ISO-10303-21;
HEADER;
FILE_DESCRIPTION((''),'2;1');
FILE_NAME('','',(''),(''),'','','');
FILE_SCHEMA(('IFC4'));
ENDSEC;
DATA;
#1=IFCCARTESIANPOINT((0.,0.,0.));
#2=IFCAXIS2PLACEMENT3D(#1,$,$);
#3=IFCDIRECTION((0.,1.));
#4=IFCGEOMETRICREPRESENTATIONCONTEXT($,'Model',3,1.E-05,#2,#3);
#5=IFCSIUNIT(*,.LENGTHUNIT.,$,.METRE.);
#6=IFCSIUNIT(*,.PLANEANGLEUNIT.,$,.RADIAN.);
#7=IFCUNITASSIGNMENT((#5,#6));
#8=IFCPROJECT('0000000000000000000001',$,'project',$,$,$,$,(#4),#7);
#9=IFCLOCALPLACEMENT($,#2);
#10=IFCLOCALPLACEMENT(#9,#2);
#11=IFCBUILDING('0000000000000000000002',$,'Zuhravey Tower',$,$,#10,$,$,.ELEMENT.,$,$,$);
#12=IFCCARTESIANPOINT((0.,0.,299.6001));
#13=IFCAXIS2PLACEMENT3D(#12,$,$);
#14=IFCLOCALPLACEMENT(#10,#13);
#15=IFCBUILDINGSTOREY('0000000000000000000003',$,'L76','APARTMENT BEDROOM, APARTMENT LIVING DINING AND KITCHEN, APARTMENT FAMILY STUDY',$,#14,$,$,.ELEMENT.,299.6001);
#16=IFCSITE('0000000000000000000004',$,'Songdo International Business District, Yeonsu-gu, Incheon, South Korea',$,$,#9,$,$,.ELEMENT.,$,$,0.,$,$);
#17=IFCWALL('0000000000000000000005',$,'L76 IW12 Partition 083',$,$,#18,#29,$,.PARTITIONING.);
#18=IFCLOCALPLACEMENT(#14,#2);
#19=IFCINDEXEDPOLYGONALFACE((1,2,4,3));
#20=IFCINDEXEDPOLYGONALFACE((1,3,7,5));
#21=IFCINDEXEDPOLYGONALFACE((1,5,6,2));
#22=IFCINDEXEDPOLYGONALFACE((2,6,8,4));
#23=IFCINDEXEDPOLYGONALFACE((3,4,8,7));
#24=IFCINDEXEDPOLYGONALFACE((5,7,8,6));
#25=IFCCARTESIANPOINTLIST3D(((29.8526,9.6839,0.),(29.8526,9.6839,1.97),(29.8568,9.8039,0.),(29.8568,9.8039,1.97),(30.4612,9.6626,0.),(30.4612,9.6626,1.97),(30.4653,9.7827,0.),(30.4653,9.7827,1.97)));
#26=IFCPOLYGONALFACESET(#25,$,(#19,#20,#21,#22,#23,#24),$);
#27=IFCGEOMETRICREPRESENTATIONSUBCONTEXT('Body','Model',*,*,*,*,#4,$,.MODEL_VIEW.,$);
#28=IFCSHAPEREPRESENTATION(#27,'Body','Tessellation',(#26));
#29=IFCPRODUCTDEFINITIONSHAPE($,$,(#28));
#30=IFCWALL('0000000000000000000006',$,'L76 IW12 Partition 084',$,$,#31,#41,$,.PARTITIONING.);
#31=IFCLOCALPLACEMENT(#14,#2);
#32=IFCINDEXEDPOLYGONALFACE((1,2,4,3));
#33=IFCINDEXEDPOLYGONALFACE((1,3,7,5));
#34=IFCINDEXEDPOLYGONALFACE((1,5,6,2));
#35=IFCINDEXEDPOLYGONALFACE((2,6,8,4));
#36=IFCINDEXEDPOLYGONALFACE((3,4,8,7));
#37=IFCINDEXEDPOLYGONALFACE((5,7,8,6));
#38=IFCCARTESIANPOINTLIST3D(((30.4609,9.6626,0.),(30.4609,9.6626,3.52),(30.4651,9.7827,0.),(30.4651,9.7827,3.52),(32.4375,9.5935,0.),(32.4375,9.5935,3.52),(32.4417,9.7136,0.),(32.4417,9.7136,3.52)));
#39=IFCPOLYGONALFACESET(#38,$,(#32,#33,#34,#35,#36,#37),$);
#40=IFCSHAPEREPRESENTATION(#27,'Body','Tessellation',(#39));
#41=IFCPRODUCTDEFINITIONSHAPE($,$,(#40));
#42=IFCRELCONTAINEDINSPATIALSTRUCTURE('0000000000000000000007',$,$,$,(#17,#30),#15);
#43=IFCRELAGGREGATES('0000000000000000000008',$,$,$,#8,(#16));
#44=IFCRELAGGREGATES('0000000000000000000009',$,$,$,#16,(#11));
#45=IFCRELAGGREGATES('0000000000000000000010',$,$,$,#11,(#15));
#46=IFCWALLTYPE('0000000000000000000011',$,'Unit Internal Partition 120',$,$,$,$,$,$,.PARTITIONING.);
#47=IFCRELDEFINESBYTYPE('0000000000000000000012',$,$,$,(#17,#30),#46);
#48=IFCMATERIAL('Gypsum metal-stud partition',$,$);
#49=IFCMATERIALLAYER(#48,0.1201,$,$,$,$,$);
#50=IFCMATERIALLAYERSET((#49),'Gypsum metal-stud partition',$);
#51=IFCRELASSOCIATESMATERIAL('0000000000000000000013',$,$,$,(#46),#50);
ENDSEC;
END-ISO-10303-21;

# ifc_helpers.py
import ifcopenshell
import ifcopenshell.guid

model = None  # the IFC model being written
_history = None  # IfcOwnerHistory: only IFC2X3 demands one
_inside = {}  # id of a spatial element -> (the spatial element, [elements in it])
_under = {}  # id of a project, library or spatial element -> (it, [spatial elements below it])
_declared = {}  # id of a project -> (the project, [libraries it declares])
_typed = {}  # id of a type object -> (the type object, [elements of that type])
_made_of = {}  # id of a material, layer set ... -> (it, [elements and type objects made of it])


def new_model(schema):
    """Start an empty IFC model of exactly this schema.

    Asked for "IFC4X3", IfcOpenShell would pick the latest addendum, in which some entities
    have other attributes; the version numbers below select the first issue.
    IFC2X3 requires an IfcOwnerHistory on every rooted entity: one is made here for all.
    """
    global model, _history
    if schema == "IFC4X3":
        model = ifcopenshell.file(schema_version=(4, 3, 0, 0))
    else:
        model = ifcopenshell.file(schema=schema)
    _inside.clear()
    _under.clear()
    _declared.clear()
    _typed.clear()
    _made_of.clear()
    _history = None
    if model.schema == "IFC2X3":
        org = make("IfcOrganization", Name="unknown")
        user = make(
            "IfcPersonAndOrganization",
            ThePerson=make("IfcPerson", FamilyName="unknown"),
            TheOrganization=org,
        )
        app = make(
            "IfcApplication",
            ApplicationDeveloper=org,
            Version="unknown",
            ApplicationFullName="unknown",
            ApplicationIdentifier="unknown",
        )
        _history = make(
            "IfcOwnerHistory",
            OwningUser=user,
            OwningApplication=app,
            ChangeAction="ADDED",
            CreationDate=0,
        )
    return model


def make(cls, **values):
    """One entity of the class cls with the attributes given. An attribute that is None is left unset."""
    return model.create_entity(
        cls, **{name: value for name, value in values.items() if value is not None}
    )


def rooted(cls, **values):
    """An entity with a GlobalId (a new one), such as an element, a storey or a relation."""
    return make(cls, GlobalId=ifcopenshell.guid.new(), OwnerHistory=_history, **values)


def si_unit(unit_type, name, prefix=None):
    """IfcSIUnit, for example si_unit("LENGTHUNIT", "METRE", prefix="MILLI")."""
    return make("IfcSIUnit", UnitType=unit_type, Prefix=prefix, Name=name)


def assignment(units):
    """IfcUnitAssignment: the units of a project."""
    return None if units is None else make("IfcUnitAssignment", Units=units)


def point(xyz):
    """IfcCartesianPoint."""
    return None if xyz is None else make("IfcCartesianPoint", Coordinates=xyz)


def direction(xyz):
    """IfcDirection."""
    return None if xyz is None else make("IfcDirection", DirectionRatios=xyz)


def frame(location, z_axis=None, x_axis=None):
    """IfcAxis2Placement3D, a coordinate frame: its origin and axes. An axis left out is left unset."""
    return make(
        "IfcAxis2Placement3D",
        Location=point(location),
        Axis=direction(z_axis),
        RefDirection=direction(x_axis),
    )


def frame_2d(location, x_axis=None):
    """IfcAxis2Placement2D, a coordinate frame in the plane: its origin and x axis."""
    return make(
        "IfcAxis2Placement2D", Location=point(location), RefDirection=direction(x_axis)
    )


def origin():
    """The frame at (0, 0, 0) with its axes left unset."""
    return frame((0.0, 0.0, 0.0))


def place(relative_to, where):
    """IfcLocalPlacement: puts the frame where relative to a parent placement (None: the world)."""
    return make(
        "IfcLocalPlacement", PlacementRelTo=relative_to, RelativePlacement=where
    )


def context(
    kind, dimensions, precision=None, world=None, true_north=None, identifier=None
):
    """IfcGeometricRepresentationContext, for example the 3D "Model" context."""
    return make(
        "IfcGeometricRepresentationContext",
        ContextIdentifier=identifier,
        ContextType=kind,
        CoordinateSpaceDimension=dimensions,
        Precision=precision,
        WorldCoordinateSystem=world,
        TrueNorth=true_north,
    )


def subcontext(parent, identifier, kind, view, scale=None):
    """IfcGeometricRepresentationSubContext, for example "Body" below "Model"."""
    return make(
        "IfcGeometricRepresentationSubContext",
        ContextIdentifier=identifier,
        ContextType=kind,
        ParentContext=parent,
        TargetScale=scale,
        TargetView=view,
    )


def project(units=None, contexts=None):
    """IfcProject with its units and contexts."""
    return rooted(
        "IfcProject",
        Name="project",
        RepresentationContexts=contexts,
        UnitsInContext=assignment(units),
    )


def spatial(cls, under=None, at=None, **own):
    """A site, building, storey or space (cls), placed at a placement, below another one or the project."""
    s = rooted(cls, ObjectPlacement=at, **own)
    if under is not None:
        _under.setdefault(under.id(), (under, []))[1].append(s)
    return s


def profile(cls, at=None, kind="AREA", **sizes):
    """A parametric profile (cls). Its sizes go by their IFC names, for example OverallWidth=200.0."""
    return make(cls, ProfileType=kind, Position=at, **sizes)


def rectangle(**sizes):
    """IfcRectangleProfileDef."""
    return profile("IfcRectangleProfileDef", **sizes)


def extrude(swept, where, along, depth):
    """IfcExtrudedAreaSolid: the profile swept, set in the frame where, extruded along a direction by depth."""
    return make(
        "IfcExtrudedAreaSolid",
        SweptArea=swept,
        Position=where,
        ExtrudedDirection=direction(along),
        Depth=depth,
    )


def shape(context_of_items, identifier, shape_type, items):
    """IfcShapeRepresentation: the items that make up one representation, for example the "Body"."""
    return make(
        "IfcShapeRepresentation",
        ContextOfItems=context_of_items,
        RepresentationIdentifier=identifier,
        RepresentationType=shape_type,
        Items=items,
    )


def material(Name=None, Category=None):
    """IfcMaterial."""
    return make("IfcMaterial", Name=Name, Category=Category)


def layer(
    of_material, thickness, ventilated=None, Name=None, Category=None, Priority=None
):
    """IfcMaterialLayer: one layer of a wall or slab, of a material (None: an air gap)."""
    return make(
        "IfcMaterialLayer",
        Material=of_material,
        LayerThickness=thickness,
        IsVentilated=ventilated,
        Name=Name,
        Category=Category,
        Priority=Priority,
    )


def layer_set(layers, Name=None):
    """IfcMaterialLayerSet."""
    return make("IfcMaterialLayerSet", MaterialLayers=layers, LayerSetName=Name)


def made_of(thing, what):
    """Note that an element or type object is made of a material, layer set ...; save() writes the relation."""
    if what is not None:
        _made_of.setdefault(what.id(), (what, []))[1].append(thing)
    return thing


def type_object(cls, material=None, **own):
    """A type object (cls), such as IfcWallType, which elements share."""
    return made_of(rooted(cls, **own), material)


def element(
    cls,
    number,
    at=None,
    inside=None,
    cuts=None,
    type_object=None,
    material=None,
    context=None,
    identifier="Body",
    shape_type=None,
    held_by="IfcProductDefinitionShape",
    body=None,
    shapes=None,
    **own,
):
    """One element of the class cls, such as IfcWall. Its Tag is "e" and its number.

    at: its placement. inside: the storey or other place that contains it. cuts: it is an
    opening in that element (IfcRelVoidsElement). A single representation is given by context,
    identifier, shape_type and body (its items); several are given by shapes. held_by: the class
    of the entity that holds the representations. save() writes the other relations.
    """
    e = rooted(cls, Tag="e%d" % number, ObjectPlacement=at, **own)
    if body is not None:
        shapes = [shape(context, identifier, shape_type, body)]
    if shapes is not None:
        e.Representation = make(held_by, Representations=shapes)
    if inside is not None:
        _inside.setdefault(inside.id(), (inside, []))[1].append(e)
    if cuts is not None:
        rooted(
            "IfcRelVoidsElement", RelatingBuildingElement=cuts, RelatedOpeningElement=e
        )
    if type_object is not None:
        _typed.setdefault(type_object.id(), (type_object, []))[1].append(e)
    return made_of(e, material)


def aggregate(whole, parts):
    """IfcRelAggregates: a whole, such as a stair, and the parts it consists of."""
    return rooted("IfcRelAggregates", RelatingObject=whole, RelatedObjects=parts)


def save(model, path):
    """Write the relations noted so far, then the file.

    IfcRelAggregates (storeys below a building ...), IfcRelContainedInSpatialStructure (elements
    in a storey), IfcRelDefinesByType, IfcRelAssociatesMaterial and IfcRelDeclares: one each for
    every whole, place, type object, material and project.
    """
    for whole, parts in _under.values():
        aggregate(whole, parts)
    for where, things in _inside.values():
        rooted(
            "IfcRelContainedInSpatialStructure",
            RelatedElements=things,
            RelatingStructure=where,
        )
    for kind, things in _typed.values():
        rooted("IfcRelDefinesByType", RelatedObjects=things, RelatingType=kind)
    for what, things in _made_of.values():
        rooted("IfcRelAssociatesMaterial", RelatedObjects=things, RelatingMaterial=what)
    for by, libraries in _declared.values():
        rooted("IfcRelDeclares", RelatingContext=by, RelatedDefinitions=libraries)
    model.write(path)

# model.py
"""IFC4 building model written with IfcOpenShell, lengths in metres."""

from ifc_helpers import new_model, si_unit, direction, frame, frame_2d, origin, place, context, subcontext, project, spatial, rectangle, extrude, material, layer, layer_set, type_object, element, save


model = new_model("IFC4")

# Units and contexts
model_context = context("Model", 3, precision=1e-05, world=origin(), true_north=direction((0.0, 1.0)))
body_context = subcontext(model_context, "Body", "Model", "MODEL_VIEW")
ifc_project = project(units=[si_unit("LENGTHUNIT", "METRE"), si_unit("PLANEANGLEUNIT", "RADIAN")], contexts=[model_context])

# Site, building, storey
site_placement = place(None, origin())
site = spatial("IfcSite", under=ifc_project, at=site_placement, Name="Songdo International Business District, Yeonsu-gu, Incheon, South Korea", CompositionType="ELEMENT", RefElevation=0.0)
building_placement = place(site_placement, origin())
building = spatial("IfcBuilding", under=site, at=building_placement, Name="Zuhravey Tower", CompositionType="ELEMENT")
storey_placement = place(building_placement, frame((0.0, 0.0, 299.6001)))
storey = spatial("IfcBuildingStorey", under=building, at=storey_placement, Name="L76", Description="APARTMENT BEDROOM, APARTMENT LIVING DINING AND KITCHEN, APARTMENT FAMILY STUDY", CompositionType="ELEMENT", Elevation=299.6001)

# Shared definitions
ifc_material_1 = material(Name="Gypsum metal-stud partition")
ifc_layer_1 = layer(ifc_material_1, 0.1201)
ifc_layer_set_1 = layer_set([ifc_layer_1], Name="Gypsum metal-stud partition")
wall_type_1 = type_object("IfcWallType", Name="Unit Internal Partition 120", PredefinedType="PARTITIONING", material=ifc_layer_set_1)

# Walls
wall_1_placement = place(storey_placement, frame((29.8547, 9.7439, 0.0), z_axis=(0.0, 0.0, 1.0), x_axis=(0.999391, -0.03489, 0.0)))
element("IfcWall", 1, at=wall_1_placement, inside=storey, type_object=wall_type_1, Name="L76 IW12 Partition 083", PredefinedType="PARTITIONING", context=body_context, shape_type="SweptSolid", body=[
    extrude(rectangle(XDim=0.6089, YDim=0.1201, at=frame_2d((0.3044, 0.0))), origin(), (0.0, 0.0, 1.0), 1.97),
])
wall_2_placement = place(storey_placement, frame((30.4631, 9.7227, 0.0), z_axis=(0.0, 0.0, 1.0), x_axis=(0.99939, -0.034934, 0.0)))
element("IfcWall", 2, at=wall_2_placement, inside=storey, type_object=wall_type_1, Name="L76 IW12 Partition 084", PredefinedType="PARTITIONING", context=body_context, shape_type="SweptSolid", body=[
    extrude(rectangle(XDim=1.9778, YDim=0.1201, at=frame_2d((0.9888, 0.0))), origin(), (0.0, 0.0, 1.0), 3.52),
])

save(model, "model.ifc")
